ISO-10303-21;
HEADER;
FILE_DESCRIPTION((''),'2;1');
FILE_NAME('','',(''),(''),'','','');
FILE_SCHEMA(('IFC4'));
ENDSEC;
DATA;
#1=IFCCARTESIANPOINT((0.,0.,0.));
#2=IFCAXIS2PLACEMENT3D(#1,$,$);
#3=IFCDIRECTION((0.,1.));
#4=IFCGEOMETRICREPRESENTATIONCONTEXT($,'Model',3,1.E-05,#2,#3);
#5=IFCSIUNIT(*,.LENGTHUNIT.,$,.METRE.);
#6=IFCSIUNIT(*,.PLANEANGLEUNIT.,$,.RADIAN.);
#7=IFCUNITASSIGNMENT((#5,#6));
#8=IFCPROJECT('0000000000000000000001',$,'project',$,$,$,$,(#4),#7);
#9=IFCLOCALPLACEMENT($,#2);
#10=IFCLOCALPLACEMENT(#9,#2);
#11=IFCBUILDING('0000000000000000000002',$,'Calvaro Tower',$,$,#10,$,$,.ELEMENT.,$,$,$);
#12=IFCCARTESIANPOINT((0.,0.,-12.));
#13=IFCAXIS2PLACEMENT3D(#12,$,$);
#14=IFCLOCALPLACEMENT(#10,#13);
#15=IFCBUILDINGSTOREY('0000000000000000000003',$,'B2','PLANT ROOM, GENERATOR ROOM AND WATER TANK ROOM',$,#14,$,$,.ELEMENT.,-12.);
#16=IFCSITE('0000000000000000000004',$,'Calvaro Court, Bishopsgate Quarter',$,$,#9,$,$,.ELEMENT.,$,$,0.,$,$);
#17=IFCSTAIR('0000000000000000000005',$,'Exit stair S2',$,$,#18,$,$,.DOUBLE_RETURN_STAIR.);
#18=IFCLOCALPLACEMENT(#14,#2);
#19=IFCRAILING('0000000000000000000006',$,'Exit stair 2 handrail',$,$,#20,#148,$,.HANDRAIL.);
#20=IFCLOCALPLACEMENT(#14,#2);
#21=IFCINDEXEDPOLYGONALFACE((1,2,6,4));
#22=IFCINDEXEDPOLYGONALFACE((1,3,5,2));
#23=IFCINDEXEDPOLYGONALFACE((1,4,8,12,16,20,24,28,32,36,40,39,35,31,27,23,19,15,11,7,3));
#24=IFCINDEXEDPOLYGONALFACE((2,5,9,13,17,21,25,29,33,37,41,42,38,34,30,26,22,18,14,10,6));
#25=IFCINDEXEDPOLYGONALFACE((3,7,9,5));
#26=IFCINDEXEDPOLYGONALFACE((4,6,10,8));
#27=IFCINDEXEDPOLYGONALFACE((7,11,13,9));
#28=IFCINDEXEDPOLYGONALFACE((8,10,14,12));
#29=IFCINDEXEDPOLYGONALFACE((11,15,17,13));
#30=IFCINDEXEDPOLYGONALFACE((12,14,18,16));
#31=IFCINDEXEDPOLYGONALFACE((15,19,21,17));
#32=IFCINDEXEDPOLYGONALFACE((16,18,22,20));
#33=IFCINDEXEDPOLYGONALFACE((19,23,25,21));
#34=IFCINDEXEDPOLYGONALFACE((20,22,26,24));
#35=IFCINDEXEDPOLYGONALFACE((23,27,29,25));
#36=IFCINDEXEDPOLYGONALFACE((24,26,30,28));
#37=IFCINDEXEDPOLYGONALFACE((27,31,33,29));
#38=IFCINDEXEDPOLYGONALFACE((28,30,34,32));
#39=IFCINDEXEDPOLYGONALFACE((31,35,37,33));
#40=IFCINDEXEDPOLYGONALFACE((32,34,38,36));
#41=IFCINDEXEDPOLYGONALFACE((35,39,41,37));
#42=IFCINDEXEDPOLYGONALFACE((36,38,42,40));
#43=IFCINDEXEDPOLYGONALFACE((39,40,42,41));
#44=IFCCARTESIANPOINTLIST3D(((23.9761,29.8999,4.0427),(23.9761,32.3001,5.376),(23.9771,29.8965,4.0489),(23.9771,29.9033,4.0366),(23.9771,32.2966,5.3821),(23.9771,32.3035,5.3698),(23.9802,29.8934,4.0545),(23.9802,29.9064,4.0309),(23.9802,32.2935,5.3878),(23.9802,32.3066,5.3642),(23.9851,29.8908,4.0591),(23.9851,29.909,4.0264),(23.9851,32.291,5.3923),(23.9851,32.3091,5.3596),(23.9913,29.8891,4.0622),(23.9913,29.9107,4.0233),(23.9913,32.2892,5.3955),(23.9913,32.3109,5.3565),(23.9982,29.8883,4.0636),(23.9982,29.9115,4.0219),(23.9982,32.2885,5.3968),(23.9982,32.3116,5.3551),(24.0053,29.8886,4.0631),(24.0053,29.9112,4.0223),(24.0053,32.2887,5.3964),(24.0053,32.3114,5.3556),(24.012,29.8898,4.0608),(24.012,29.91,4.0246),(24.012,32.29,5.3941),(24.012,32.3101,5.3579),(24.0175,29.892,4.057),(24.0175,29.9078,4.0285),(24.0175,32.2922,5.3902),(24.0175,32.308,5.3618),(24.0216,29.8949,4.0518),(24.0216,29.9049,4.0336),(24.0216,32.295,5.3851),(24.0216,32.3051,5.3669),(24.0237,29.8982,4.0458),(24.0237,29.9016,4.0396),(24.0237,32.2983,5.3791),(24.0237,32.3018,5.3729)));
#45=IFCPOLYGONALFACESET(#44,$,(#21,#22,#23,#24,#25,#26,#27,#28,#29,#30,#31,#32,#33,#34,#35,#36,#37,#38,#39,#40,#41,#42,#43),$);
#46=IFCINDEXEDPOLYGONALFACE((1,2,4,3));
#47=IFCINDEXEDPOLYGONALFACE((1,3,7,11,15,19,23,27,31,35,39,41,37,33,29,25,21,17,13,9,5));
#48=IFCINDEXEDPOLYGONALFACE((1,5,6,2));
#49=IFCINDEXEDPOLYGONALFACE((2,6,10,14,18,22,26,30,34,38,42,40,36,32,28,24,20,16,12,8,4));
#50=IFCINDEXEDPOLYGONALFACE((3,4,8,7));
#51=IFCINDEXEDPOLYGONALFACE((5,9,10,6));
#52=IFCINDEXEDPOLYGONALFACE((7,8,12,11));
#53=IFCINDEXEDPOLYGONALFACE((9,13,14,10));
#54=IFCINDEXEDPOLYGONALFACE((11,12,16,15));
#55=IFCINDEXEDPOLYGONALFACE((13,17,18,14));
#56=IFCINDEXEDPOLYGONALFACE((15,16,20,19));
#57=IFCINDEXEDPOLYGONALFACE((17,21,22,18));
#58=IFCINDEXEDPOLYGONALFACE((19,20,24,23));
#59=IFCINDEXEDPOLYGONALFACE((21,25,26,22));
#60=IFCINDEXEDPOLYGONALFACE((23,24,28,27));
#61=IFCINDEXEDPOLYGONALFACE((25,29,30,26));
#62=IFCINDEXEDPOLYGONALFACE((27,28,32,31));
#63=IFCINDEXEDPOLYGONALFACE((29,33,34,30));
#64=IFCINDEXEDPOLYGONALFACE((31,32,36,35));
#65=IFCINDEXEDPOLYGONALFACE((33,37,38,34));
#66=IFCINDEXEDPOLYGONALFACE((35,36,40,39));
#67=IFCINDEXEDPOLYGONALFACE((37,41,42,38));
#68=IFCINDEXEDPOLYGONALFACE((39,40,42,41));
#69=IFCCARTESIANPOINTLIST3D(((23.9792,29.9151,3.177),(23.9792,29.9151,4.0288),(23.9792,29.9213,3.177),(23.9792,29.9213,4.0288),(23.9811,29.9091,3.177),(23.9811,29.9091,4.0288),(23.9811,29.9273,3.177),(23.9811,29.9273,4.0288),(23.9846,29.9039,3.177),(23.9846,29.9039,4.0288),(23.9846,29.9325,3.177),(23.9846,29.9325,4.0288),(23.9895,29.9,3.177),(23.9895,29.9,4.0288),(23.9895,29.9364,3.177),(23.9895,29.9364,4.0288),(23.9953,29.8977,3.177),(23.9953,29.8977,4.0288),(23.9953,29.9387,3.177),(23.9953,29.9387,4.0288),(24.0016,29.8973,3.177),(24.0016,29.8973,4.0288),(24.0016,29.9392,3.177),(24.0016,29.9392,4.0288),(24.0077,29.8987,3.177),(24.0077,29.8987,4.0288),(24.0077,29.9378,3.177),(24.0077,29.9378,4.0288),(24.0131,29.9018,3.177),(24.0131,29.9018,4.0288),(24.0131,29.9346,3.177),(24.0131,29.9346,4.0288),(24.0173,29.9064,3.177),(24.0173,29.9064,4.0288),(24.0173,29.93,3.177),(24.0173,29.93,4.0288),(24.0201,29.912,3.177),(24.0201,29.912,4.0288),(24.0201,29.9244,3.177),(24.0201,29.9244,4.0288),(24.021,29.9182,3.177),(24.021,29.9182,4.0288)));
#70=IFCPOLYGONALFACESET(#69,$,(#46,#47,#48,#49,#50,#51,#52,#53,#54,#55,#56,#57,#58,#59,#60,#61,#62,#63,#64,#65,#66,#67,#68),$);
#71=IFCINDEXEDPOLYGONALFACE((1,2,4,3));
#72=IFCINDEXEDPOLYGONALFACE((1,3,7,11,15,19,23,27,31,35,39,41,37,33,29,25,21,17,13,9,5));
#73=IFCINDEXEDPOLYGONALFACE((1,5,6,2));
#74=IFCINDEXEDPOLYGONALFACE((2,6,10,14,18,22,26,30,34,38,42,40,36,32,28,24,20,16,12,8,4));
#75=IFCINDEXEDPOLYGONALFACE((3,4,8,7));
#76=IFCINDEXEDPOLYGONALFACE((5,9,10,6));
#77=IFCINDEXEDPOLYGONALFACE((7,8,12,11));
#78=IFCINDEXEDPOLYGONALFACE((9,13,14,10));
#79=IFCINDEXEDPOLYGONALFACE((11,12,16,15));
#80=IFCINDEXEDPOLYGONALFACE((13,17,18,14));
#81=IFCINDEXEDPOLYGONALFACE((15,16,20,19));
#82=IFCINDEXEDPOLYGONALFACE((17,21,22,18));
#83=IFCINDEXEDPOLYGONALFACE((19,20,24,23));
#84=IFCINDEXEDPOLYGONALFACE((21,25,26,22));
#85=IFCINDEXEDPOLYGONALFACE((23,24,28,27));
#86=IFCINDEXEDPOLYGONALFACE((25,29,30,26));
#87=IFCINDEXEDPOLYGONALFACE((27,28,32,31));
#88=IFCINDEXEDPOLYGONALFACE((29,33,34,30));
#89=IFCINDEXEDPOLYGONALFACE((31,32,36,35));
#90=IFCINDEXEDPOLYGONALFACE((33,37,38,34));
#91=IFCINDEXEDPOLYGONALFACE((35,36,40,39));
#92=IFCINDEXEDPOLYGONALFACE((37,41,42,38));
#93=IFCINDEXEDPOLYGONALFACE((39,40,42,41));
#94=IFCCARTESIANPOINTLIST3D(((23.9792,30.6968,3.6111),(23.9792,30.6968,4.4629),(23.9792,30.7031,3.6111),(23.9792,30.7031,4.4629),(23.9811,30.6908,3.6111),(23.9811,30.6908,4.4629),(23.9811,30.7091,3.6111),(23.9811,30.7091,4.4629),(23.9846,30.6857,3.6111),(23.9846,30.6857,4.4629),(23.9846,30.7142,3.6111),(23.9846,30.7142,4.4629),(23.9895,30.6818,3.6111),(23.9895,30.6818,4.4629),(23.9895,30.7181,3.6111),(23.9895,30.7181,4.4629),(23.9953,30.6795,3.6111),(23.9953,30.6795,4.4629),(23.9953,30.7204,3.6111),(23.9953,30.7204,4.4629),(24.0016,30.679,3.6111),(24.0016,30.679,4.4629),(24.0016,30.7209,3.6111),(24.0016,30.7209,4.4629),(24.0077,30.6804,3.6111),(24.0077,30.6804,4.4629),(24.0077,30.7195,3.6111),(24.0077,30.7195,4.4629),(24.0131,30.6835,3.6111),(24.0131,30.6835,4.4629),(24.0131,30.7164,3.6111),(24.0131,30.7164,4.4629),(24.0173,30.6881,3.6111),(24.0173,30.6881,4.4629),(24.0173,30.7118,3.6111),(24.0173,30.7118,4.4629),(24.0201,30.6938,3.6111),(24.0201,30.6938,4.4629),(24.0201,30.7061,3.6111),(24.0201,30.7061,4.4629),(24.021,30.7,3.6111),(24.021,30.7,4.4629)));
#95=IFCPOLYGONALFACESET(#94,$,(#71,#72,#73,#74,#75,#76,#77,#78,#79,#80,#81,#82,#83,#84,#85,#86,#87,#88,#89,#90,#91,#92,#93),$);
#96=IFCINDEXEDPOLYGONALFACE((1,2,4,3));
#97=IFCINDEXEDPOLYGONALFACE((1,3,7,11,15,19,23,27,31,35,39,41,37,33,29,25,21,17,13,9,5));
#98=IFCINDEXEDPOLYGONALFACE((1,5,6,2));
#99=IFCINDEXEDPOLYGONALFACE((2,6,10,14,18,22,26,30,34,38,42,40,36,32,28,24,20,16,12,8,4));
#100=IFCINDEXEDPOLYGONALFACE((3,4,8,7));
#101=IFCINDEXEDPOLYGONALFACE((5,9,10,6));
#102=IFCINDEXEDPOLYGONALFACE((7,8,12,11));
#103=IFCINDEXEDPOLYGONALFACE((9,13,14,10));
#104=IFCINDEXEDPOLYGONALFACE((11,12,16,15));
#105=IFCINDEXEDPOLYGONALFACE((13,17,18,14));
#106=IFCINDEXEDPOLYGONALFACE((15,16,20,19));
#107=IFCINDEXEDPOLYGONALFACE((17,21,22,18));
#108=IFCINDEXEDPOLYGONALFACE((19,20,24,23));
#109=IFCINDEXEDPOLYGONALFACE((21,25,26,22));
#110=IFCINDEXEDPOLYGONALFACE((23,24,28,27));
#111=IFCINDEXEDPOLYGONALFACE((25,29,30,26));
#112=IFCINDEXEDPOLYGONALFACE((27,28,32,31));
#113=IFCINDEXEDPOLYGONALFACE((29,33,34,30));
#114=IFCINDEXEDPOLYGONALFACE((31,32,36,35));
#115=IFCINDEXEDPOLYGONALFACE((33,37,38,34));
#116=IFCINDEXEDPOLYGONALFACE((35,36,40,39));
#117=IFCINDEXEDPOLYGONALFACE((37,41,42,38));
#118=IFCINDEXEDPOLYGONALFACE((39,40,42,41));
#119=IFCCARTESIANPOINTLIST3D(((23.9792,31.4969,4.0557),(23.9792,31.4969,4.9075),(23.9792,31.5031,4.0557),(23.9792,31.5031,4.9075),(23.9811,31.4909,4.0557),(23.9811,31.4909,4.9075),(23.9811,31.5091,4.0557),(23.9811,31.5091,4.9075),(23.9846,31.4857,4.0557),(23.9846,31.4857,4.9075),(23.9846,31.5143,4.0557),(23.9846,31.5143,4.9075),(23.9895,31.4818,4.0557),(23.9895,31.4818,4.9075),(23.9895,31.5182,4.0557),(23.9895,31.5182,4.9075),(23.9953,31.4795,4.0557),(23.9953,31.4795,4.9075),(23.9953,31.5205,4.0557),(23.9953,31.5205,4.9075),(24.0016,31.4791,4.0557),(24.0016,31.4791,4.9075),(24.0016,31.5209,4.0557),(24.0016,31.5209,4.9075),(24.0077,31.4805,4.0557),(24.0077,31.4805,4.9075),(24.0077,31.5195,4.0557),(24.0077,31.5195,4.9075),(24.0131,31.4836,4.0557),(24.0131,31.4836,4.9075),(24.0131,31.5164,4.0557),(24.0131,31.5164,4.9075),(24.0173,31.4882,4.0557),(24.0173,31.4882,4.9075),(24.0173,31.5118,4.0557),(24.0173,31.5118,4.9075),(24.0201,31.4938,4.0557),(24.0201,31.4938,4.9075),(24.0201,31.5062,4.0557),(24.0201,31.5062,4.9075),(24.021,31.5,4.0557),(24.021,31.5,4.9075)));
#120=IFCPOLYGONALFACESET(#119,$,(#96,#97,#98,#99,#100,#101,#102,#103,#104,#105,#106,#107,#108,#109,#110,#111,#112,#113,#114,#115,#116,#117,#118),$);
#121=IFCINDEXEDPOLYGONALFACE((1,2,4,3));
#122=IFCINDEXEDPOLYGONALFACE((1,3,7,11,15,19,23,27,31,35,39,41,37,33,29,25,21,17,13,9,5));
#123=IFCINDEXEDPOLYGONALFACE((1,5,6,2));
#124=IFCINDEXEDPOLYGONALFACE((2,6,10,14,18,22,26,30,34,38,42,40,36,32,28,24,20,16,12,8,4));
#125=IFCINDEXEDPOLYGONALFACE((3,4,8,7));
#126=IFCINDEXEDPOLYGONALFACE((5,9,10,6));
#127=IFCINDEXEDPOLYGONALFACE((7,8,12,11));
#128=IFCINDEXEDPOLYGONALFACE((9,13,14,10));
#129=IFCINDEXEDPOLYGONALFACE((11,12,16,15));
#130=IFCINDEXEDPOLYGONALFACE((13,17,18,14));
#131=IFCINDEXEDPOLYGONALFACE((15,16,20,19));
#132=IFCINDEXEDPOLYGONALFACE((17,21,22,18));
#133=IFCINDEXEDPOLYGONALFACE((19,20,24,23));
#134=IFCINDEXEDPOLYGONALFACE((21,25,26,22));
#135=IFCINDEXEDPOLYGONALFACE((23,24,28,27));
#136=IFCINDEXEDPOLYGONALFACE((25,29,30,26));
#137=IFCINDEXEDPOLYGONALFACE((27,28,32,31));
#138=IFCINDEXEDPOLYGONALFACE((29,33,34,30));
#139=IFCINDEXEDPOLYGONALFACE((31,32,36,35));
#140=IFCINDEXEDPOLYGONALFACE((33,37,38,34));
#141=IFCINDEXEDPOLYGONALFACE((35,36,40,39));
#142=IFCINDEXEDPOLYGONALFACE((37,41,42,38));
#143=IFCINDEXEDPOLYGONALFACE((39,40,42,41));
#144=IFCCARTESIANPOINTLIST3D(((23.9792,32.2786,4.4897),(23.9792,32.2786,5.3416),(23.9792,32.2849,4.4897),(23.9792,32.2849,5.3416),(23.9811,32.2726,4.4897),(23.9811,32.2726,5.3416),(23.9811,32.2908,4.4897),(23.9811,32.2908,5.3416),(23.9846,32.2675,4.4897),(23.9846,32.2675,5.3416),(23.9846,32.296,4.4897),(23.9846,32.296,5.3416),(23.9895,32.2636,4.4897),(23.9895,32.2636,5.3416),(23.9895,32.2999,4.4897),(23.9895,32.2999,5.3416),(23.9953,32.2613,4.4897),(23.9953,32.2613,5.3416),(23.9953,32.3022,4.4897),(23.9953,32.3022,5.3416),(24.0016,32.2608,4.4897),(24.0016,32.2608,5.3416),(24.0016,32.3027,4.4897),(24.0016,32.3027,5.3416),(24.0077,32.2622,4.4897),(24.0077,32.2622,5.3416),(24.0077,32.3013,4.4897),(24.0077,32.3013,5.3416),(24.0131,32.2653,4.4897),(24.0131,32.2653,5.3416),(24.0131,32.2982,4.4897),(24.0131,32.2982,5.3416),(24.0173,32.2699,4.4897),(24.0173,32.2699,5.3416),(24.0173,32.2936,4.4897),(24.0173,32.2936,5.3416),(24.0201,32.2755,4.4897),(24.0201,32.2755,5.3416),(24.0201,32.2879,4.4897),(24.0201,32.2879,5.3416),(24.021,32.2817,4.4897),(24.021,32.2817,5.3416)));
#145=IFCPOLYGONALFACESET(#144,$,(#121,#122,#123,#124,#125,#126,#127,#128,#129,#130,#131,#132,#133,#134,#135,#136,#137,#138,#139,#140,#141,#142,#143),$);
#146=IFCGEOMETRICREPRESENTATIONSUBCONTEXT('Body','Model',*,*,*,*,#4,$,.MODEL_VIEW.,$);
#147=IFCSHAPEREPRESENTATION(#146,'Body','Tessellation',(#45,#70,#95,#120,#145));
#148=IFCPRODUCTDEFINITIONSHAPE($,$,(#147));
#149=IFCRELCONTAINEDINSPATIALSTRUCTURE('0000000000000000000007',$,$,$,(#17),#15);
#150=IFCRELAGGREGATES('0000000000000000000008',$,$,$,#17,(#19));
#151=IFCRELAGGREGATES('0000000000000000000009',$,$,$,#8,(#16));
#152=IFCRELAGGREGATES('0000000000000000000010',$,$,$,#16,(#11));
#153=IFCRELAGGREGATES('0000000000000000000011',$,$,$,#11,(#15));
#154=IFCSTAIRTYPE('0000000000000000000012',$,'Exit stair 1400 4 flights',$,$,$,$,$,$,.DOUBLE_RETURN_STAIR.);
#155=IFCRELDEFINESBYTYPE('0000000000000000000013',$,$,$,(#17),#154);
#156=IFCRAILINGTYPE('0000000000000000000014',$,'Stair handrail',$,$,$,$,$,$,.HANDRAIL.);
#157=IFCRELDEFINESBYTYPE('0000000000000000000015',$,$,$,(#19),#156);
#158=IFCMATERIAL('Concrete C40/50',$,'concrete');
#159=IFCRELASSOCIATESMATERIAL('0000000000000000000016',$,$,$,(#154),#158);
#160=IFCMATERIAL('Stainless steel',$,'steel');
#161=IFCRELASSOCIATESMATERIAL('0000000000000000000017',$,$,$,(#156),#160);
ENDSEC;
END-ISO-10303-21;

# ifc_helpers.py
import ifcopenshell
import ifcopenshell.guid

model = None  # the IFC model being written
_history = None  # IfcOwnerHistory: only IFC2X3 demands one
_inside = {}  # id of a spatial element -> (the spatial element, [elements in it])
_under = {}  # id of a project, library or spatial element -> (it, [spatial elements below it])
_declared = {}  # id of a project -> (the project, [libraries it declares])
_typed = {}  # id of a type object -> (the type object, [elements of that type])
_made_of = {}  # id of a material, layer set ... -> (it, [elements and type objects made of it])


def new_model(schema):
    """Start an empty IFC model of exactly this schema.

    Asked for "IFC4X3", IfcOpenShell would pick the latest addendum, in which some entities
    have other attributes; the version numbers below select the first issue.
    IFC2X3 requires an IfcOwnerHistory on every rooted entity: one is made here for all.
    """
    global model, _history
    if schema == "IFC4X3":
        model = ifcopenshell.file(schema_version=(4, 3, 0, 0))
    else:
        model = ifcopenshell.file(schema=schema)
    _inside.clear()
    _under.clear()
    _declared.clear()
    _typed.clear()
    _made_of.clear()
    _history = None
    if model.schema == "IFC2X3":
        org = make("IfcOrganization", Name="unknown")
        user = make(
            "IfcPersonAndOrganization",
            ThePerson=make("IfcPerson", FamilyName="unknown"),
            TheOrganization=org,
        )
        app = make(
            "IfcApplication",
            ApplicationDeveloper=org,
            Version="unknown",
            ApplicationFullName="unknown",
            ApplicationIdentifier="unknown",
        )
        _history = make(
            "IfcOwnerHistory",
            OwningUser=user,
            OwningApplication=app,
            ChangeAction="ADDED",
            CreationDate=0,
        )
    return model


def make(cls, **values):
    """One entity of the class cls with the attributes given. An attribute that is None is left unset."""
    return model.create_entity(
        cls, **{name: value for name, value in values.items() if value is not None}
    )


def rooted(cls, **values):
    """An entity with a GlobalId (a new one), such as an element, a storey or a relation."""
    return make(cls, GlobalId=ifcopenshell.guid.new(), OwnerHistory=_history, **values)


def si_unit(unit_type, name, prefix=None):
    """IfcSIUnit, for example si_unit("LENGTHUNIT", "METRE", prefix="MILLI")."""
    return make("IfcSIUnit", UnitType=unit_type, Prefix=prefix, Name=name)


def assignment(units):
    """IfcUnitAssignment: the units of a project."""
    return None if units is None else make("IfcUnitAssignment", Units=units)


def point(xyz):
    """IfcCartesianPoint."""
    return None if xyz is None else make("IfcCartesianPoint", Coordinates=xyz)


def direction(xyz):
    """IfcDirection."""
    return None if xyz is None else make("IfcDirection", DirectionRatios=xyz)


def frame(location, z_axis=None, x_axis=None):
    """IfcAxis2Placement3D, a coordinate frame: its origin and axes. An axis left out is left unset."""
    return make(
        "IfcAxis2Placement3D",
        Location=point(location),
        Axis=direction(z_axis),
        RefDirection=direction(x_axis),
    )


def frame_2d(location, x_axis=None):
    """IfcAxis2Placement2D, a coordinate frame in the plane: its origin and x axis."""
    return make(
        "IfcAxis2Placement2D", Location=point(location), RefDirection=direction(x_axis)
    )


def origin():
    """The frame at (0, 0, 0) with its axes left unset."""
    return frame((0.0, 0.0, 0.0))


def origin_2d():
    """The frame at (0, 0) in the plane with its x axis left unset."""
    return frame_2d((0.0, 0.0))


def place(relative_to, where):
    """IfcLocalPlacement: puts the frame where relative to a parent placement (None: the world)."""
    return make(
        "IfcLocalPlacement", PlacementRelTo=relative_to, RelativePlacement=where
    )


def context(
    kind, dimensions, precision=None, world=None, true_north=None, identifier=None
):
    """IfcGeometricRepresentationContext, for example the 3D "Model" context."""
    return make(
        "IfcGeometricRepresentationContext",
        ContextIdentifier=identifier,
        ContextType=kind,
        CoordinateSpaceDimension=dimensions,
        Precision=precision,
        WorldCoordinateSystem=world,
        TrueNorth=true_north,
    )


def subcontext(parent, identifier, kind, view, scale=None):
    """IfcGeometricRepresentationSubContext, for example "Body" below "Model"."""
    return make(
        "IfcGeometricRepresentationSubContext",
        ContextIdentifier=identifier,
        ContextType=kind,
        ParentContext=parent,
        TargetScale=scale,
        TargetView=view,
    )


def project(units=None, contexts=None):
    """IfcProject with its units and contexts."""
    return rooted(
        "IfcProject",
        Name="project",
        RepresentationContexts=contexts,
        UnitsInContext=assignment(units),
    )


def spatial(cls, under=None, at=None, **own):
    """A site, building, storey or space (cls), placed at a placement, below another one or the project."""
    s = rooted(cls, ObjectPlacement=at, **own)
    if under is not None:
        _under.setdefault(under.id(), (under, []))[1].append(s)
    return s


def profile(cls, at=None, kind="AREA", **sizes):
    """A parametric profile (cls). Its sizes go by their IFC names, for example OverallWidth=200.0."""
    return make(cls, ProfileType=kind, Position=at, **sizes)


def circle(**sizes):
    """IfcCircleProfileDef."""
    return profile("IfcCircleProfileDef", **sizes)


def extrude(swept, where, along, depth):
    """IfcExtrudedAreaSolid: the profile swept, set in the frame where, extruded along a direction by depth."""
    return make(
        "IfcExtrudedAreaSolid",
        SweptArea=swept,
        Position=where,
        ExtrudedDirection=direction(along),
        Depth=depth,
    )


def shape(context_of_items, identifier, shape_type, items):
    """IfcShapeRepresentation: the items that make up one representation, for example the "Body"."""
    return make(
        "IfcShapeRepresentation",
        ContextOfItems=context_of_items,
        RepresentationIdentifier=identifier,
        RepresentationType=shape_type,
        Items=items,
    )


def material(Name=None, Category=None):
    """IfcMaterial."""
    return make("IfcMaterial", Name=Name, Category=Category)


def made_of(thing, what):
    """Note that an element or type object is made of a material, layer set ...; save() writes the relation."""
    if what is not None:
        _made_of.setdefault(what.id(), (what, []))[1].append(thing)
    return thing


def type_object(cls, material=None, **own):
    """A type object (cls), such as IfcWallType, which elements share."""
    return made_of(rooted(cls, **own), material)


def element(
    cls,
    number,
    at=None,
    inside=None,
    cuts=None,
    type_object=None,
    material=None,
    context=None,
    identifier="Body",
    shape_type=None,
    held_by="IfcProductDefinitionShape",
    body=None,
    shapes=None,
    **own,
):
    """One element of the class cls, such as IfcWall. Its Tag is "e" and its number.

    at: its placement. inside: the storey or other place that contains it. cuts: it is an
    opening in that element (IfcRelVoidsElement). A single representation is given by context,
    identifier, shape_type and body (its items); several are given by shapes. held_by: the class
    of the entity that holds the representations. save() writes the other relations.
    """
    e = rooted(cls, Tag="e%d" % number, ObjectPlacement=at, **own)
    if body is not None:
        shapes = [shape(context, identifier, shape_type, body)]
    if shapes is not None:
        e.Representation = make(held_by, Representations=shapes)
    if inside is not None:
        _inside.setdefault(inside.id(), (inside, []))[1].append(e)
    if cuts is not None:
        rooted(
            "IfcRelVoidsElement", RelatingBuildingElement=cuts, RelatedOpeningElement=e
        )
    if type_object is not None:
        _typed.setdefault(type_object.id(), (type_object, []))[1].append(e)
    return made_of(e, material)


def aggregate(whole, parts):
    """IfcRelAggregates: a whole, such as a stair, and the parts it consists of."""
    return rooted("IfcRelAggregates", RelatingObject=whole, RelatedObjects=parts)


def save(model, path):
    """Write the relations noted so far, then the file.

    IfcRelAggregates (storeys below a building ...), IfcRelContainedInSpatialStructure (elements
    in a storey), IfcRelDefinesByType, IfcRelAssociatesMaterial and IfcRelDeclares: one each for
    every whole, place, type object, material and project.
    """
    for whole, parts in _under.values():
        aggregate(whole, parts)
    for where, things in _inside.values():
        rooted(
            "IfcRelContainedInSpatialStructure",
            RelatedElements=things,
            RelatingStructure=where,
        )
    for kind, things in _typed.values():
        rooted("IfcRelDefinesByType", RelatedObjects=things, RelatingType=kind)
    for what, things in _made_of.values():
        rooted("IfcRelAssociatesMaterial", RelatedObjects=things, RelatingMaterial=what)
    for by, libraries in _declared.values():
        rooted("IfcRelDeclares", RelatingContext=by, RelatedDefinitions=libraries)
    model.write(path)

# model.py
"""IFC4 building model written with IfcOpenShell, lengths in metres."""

from ifc_helpers import new_model, si_unit, direction, frame, origin, origin_2d, place, context, subcontext, project, spatial, circle, extrude, material, type_object, element, aggregate, save


model = new_model("IFC4")

# Units and contexts
model_context = context("Model", 3, precision=1e-05, world=origin(), true_north=direction((0.0, 1.0)))
body_context = subcontext(model_context, "Body", "Model", "MODEL_VIEW")
ifc_project = project(units=[si_unit("LENGTHUNIT", "METRE"), si_unit("PLANEANGLEUNIT", "RADIAN")], contexts=[model_context])

# Site, building, storey
site_placement = place(None, origin())
site = spatial("IfcSite", under=ifc_project, at=site_placement, Name="Calvaro Court, Bishopsgate Quarter", CompositionType="ELEMENT", RefElevation=0.0)
building_placement = place(site_placement, origin())
building = spatial("IfcBuilding", under=site, at=building_placement, Name="Calvaro Tower", CompositionType="ELEMENT")
storey_placement = place(building_placement, frame((0.0, 0.0, -12.0)))
storey = spatial("IfcBuildingStorey", under=building, at=storey_placement, Name="B2", Description="PLANT ROOM, GENERATOR ROOM AND WATER TANK ROOM", CompositionType="ELEMENT", Elevation=-12.0)

# Stair, railing
ifc_material_1 = material(Name="Concrete C40/50", Category="concrete")
stair_type = type_object("IfcStairType", Name="Exit stair 1400 4 flights", PredefinedType="DOUBLE_RETURN_STAIR", material=ifc_material_1)
ifc_material_2 = material(Name="Stainless steel", Category="steel")
railing_type = type_object("IfcRailingType", Name="Stair handrail", PredefinedType="HANDRAIL", material=ifc_material_2)
stair_1_placement = place(storey_placement, origin())
stair_1 = element("IfcStair", 1, at=stair_1_placement, inside=storey, type_object=stair_type, Name="Exit stair S2", PredefinedType="DOUBLE_RETURN_STAIR")
railing_1_placement = place(storey_placement, frame((24.0, 29.8999, 3.1667)))
railing_1 = element("IfcRailing", 2, at=railing_1_placement, type_object=railing_type, Name="Exit stair 2 handrail", PredefinedType="HANDRAIL", context=body_context, shape_type="SweptSolid", body=[
    extrude(circle(Radius=0.0239, at=origin_2d()), frame((0.0, 0.0, 0.876), z_axis=(0.0, 0.874182, 0.485598), x_axis=(-1.0, 0.0, 0.0)), (0.0, 0.0, 1.0), 2.7456),
    extrude(circle(Radius=0.021, at=origin_2d()), frame((0.0, 0.0183, 0.0103)), (0.0, 0.0, 1.0), 0.8518),
    extrude(circle(Radius=0.021, at=origin_2d()), frame((0.0, 0.8, 0.4443)), (0.0, 0.0, 1.0), 0.8518),
    extrude(circle(Radius=0.021, at=origin_2d()), frame((0.0, 1.6001, 0.8889)), (0.0, 0.0, 1.0), 0.8518),
    extrude(circle(Radius=0.021, at=origin_2d()), frame((0.0, 2.3818, 1.323)), (0.0, 0.0, 1.0), 0.8518),
])
aggregate(stair_1, [railing_1])

save(model, "model.ifc")
